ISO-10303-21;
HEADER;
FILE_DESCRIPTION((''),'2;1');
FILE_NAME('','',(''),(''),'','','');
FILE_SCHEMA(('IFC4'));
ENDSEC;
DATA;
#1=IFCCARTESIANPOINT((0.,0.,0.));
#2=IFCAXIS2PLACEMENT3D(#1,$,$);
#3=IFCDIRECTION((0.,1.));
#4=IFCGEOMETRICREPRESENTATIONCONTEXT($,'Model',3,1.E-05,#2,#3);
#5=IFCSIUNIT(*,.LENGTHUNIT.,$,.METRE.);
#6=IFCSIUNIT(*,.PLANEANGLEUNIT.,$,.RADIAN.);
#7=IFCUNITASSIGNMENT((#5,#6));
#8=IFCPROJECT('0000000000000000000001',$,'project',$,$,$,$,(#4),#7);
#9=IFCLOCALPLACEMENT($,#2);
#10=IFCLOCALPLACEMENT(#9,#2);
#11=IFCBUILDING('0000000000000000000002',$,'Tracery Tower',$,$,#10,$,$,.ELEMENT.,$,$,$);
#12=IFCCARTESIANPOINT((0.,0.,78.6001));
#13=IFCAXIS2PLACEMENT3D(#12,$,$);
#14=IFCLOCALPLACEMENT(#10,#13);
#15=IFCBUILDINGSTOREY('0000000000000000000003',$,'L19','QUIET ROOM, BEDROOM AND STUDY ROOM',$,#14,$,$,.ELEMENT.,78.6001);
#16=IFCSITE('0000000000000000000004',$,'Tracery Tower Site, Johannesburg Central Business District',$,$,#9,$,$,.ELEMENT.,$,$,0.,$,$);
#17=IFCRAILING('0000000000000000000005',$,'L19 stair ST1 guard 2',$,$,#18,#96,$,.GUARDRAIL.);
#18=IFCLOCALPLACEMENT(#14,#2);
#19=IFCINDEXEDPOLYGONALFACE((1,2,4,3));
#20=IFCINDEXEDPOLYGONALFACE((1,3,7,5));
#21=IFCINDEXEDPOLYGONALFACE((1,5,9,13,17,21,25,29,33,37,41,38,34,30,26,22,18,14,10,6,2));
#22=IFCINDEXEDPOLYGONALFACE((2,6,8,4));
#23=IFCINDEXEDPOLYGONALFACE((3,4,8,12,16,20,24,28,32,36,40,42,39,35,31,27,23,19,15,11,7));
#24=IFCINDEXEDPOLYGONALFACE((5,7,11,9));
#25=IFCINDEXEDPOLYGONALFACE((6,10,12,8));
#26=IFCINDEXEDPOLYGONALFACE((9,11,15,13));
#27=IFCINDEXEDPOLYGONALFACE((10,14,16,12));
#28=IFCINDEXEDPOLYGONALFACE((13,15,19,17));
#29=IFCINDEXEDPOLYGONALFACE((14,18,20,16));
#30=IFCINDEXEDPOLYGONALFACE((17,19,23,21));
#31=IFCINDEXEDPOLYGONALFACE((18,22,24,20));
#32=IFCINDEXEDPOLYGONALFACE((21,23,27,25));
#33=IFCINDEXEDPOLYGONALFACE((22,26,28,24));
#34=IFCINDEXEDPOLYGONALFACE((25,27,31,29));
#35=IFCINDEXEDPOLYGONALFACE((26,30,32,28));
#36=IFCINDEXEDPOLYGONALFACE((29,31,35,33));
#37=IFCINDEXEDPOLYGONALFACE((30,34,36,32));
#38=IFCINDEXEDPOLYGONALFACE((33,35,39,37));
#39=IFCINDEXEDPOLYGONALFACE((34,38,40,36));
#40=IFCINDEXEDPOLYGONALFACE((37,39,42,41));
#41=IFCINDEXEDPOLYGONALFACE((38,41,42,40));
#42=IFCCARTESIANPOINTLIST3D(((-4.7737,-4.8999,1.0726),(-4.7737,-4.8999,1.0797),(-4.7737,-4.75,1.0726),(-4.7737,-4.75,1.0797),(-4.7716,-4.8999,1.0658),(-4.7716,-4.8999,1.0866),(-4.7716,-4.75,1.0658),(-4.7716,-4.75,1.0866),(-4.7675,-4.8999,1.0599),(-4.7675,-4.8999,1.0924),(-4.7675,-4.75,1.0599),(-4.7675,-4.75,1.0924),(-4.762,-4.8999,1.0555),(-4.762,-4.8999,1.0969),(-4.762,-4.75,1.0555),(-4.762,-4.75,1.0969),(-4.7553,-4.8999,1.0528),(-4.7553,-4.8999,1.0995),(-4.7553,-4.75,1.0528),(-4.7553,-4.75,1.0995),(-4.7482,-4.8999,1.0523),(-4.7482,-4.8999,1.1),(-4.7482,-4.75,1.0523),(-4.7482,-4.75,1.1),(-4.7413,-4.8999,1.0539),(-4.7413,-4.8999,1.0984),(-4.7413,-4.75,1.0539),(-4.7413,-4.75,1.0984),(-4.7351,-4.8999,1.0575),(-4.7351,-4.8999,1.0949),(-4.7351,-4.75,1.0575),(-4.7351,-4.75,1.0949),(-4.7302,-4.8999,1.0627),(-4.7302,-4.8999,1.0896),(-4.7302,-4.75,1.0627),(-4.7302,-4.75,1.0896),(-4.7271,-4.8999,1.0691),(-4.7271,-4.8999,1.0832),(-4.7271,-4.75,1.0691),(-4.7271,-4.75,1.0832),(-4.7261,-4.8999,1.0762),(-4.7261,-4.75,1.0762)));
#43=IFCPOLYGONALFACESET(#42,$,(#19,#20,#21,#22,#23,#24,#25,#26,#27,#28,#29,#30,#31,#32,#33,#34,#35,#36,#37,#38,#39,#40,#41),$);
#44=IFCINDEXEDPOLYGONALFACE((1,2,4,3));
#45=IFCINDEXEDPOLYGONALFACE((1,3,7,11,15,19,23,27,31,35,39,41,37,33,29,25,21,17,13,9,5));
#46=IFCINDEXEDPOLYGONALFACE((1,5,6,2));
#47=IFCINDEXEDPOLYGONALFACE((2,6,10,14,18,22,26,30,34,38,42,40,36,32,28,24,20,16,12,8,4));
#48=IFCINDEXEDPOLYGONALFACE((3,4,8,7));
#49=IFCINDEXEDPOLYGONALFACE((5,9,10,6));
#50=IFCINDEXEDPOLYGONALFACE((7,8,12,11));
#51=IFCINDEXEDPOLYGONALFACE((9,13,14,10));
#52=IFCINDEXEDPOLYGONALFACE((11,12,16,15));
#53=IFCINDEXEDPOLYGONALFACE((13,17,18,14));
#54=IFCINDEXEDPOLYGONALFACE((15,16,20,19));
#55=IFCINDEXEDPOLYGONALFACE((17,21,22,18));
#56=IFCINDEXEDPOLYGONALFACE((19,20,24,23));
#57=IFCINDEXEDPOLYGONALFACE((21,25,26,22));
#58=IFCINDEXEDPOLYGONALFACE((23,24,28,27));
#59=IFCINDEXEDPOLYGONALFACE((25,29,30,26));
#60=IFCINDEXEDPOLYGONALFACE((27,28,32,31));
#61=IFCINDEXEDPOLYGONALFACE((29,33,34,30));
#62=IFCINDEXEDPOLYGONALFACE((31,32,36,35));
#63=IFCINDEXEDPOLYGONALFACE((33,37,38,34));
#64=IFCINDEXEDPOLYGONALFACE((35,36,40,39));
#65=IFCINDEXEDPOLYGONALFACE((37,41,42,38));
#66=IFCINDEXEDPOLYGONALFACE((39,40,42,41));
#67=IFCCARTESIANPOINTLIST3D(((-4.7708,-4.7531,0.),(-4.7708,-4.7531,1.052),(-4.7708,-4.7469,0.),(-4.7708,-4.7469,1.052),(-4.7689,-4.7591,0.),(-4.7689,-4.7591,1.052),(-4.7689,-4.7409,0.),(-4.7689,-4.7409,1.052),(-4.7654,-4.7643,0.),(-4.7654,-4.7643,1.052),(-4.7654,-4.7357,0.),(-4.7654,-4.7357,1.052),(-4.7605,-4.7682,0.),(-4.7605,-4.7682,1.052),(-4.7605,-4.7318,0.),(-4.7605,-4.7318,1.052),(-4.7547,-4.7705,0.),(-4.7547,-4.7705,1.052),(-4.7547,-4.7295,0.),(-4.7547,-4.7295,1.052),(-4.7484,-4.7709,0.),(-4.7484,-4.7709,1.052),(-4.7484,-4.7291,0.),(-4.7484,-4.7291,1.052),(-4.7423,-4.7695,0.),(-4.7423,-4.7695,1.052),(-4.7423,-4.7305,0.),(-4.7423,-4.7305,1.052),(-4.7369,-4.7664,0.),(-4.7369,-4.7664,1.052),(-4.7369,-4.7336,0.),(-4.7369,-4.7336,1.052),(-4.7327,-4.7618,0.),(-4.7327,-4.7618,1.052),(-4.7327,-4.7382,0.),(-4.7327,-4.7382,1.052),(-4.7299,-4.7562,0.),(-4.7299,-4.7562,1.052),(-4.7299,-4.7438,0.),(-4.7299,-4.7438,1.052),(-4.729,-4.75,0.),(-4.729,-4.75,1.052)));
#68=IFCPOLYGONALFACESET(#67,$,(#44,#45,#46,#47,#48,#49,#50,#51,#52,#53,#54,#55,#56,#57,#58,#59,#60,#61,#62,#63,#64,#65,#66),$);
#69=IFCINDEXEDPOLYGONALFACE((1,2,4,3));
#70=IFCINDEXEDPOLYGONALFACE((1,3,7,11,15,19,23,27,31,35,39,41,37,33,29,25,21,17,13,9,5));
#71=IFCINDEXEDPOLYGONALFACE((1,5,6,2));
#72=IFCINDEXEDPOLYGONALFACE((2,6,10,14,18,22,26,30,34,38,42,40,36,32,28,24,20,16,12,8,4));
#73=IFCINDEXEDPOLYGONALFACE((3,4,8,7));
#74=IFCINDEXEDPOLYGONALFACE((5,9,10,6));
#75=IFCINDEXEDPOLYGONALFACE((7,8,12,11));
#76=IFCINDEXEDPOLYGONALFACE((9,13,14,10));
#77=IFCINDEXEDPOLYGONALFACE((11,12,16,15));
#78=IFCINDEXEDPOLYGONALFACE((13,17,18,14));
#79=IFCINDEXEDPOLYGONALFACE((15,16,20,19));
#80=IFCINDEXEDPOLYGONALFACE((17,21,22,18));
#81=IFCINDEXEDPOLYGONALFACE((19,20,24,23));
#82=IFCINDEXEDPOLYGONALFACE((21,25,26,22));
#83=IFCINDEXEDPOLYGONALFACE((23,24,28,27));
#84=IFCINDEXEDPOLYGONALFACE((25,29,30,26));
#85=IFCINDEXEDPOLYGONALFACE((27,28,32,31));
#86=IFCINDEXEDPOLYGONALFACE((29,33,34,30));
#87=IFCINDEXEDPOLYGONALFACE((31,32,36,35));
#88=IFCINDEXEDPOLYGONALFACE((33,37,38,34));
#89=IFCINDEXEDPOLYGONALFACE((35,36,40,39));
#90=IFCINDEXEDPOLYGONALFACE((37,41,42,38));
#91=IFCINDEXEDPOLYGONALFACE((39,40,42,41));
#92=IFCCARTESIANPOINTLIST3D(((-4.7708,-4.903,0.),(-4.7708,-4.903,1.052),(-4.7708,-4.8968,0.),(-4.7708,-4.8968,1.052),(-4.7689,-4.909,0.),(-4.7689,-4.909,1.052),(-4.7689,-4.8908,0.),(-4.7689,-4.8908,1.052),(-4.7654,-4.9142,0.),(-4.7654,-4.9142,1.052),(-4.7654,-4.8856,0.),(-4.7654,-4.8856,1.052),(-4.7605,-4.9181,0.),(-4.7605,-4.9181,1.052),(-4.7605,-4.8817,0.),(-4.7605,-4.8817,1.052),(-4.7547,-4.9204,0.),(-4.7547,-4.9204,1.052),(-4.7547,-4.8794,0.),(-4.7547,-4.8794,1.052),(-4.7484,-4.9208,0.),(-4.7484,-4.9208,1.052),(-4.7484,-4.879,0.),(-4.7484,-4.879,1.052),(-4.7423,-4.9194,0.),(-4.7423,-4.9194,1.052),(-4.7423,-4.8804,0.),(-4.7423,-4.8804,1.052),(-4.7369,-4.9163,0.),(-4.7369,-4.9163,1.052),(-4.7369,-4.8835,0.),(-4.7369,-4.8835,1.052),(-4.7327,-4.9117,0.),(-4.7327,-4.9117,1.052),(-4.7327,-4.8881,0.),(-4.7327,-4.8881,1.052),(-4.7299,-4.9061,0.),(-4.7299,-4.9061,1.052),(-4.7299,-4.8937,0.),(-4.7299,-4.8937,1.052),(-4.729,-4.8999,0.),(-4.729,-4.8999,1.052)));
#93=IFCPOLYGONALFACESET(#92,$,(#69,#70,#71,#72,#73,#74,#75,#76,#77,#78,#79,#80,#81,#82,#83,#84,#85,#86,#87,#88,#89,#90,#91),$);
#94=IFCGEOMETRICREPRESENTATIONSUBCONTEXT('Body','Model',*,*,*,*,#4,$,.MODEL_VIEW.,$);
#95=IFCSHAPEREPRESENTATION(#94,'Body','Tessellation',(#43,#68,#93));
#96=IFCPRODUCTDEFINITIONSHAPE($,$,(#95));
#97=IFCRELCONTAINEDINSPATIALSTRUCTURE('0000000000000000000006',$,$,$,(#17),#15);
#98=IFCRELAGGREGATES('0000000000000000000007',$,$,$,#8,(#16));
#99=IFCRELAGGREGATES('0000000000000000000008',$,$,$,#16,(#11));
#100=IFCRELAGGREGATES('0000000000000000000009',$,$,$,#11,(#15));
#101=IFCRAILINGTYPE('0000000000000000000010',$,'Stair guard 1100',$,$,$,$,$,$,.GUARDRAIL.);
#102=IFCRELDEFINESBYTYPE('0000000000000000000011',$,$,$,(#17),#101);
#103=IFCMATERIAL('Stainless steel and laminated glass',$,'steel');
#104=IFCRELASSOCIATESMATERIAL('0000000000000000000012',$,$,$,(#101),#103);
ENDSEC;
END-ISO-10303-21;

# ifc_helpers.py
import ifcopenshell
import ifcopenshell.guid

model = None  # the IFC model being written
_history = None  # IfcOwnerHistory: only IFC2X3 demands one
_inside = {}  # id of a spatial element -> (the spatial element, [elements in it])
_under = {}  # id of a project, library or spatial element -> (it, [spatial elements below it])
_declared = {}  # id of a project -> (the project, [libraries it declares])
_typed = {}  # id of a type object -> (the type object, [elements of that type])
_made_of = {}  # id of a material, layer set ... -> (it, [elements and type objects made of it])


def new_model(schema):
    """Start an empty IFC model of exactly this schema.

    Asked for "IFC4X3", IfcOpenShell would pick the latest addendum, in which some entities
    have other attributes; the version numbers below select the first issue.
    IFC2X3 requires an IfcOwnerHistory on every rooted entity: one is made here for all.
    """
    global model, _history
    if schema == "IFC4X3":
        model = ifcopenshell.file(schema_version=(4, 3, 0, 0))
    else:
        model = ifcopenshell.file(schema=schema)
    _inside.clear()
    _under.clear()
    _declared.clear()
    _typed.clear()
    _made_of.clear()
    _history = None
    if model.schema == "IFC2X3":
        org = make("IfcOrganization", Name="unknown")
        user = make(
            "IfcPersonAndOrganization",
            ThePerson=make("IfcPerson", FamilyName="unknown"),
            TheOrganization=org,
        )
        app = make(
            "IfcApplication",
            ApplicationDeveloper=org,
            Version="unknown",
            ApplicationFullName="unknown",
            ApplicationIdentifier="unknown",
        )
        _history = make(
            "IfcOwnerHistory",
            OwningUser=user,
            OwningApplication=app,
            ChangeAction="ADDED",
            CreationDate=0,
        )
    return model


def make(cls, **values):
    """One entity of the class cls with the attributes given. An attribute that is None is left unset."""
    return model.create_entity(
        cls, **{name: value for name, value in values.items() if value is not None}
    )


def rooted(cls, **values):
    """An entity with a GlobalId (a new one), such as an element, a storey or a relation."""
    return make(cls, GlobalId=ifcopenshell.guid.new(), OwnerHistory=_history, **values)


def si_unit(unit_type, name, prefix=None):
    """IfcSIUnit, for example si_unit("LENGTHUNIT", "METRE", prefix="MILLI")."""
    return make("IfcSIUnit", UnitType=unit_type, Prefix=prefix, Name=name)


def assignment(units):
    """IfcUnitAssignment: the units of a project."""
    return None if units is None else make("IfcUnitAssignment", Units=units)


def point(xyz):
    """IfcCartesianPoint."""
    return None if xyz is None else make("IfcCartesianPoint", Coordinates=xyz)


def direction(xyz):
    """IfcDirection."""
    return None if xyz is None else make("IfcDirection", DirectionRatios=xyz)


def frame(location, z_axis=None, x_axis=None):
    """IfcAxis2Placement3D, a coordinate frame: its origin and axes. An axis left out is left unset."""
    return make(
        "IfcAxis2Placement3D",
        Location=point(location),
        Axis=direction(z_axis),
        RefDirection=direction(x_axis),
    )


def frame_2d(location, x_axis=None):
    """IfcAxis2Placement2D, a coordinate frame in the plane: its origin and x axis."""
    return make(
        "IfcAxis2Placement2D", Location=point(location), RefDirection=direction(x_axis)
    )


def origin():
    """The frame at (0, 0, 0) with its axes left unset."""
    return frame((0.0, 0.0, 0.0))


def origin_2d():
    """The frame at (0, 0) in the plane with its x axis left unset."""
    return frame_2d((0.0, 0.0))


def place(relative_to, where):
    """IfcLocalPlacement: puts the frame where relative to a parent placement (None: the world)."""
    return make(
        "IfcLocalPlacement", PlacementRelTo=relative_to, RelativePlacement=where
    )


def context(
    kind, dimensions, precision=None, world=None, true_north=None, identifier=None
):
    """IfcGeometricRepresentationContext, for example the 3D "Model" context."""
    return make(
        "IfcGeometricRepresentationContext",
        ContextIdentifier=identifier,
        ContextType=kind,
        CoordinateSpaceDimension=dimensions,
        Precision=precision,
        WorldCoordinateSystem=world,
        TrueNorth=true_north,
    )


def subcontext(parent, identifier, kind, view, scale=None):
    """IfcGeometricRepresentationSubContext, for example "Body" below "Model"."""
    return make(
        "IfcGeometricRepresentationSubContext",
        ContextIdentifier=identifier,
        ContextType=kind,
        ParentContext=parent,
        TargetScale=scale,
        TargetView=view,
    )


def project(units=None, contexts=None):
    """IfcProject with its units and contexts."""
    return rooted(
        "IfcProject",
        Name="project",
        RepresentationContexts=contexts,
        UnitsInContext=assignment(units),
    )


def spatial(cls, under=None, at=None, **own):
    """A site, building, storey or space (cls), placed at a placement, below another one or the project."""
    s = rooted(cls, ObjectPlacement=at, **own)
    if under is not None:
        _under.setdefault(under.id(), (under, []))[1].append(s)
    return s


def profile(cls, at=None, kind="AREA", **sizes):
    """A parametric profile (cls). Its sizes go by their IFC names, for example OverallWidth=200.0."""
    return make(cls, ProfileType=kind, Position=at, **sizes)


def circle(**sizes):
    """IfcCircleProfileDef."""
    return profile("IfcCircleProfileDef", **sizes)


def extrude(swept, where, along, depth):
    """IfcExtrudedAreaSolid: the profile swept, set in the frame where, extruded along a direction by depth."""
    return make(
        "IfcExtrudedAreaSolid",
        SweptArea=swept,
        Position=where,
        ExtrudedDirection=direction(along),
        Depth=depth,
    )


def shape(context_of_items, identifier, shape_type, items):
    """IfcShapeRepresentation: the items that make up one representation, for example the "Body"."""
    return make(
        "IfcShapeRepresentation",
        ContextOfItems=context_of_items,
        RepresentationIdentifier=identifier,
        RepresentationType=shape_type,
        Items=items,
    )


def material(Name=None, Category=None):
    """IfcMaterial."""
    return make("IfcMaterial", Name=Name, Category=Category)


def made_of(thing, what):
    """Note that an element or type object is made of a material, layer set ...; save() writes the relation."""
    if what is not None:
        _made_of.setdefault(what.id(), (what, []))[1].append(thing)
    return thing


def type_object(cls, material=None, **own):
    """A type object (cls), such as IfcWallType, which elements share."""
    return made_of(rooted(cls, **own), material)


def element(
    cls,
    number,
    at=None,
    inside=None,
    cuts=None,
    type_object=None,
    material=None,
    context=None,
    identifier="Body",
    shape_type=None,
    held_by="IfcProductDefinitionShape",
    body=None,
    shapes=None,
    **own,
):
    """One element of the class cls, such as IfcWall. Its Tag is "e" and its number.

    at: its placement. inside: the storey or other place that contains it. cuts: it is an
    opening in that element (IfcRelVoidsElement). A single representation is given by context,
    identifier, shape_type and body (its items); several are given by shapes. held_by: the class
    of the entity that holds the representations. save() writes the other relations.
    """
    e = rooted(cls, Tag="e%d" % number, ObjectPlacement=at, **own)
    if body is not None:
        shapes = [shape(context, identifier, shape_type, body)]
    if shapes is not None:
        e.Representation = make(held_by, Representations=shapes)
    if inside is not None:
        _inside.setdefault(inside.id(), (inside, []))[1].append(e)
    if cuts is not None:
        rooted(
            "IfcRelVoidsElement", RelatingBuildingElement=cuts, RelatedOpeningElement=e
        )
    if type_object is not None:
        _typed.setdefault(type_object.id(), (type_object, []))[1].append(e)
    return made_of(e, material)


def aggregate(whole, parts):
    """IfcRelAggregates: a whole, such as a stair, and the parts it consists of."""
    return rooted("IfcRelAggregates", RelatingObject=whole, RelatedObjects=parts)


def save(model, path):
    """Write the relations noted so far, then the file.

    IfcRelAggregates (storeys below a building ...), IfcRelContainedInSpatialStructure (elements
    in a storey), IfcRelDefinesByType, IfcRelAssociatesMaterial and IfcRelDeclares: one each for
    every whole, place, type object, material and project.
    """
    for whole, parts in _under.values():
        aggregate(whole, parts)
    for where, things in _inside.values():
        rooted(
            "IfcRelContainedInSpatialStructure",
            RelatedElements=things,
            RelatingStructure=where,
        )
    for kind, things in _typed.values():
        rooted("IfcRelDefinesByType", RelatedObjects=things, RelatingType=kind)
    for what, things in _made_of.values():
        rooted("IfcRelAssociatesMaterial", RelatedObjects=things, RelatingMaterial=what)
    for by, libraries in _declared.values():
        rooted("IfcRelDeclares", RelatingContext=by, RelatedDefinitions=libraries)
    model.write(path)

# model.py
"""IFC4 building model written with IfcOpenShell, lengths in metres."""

from ifc_helpers import new_model, si_unit, direction, frame, origin, origin_2d, place, context, subcontext, project, spatial, circle, extrude, material, type_object, element, save


model = new_model("IFC4")

# Units and contexts
model_context = context("Model", 3, precision=1e-05, world=origin(), true_north=direction((0.0, 1.0)))
body_context = subcontext(model_context, "Body", "Model", "MODEL_VIEW")
ifc_project = project(units=[si_unit("LENGTHUNIT", "METRE"), si_unit("PLANEANGLEUNIT", "RADIAN")], contexts=[model_context])

# Site, building, storey
site_placement = place(None, origin())
site = spatial("IfcSite", under=ifc_project, at=site_placement, Name="Tracery Tower Site, Johannesburg Central Business District", CompositionType="ELEMENT", RefElevation=0.0)
building_placement = place(site_placement, origin())
building = spatial("IfcBuilding", under=site, at=building_placement, Name="Tracery Tower", CompositionType="ELEMENT")
storey_placement = place(building_placement, frame((0.0, 0.0, 78.6001)))
storey = spatial("IfcBuildingStorey", under=building, at=storey_placement, Name="L19", Description="QUIET ROOM, BEDROOM AND STUDY ROOM", CompositionType="ELEMENT", Elevation=78.6001)

# Railing
ifc_material_1 = material(Name="Stainless steel and laminated glass", Category="steel")
railing_type_1 = type_object("IfcRailingType", Name="Stair guard 1100", PredefinedType="GUARDRAIL", material=ifc_material_1)
railing_1_placement = place(storey_placement, frame((-4.75, -4.75, 0.0)))
element("IfcRailing", 1, at=railing_1_placement, inside=storey, type_object=railing_type_1, Name="L19 stair ST1 guard 2", PredefinedType="GUARDRAIL", context=body_context, shape_type="SweptSolid", body=[
    extrude(circle(Radius=0.0239, at=origin_2d()), frame((0.0, 0.0, 1.0762), z_axis=(0.0, -1.0, 0.0), x_axis=(1.0, 0.0, 0.0)), (0.0, 0.0, 1.0), 0.1499),
    extrude(circle(Radius=0.021, at=origin_2d()), origin(), (0.0, 0.0, 1.0), 1.052),
    extrude(circle(Radius=0.021, at=origin_2d()), frame((0.0, -0.1499, 0.0)), (0.0, 0.0, 1.0), 1.052),
])

save(model, "model.ifc")
